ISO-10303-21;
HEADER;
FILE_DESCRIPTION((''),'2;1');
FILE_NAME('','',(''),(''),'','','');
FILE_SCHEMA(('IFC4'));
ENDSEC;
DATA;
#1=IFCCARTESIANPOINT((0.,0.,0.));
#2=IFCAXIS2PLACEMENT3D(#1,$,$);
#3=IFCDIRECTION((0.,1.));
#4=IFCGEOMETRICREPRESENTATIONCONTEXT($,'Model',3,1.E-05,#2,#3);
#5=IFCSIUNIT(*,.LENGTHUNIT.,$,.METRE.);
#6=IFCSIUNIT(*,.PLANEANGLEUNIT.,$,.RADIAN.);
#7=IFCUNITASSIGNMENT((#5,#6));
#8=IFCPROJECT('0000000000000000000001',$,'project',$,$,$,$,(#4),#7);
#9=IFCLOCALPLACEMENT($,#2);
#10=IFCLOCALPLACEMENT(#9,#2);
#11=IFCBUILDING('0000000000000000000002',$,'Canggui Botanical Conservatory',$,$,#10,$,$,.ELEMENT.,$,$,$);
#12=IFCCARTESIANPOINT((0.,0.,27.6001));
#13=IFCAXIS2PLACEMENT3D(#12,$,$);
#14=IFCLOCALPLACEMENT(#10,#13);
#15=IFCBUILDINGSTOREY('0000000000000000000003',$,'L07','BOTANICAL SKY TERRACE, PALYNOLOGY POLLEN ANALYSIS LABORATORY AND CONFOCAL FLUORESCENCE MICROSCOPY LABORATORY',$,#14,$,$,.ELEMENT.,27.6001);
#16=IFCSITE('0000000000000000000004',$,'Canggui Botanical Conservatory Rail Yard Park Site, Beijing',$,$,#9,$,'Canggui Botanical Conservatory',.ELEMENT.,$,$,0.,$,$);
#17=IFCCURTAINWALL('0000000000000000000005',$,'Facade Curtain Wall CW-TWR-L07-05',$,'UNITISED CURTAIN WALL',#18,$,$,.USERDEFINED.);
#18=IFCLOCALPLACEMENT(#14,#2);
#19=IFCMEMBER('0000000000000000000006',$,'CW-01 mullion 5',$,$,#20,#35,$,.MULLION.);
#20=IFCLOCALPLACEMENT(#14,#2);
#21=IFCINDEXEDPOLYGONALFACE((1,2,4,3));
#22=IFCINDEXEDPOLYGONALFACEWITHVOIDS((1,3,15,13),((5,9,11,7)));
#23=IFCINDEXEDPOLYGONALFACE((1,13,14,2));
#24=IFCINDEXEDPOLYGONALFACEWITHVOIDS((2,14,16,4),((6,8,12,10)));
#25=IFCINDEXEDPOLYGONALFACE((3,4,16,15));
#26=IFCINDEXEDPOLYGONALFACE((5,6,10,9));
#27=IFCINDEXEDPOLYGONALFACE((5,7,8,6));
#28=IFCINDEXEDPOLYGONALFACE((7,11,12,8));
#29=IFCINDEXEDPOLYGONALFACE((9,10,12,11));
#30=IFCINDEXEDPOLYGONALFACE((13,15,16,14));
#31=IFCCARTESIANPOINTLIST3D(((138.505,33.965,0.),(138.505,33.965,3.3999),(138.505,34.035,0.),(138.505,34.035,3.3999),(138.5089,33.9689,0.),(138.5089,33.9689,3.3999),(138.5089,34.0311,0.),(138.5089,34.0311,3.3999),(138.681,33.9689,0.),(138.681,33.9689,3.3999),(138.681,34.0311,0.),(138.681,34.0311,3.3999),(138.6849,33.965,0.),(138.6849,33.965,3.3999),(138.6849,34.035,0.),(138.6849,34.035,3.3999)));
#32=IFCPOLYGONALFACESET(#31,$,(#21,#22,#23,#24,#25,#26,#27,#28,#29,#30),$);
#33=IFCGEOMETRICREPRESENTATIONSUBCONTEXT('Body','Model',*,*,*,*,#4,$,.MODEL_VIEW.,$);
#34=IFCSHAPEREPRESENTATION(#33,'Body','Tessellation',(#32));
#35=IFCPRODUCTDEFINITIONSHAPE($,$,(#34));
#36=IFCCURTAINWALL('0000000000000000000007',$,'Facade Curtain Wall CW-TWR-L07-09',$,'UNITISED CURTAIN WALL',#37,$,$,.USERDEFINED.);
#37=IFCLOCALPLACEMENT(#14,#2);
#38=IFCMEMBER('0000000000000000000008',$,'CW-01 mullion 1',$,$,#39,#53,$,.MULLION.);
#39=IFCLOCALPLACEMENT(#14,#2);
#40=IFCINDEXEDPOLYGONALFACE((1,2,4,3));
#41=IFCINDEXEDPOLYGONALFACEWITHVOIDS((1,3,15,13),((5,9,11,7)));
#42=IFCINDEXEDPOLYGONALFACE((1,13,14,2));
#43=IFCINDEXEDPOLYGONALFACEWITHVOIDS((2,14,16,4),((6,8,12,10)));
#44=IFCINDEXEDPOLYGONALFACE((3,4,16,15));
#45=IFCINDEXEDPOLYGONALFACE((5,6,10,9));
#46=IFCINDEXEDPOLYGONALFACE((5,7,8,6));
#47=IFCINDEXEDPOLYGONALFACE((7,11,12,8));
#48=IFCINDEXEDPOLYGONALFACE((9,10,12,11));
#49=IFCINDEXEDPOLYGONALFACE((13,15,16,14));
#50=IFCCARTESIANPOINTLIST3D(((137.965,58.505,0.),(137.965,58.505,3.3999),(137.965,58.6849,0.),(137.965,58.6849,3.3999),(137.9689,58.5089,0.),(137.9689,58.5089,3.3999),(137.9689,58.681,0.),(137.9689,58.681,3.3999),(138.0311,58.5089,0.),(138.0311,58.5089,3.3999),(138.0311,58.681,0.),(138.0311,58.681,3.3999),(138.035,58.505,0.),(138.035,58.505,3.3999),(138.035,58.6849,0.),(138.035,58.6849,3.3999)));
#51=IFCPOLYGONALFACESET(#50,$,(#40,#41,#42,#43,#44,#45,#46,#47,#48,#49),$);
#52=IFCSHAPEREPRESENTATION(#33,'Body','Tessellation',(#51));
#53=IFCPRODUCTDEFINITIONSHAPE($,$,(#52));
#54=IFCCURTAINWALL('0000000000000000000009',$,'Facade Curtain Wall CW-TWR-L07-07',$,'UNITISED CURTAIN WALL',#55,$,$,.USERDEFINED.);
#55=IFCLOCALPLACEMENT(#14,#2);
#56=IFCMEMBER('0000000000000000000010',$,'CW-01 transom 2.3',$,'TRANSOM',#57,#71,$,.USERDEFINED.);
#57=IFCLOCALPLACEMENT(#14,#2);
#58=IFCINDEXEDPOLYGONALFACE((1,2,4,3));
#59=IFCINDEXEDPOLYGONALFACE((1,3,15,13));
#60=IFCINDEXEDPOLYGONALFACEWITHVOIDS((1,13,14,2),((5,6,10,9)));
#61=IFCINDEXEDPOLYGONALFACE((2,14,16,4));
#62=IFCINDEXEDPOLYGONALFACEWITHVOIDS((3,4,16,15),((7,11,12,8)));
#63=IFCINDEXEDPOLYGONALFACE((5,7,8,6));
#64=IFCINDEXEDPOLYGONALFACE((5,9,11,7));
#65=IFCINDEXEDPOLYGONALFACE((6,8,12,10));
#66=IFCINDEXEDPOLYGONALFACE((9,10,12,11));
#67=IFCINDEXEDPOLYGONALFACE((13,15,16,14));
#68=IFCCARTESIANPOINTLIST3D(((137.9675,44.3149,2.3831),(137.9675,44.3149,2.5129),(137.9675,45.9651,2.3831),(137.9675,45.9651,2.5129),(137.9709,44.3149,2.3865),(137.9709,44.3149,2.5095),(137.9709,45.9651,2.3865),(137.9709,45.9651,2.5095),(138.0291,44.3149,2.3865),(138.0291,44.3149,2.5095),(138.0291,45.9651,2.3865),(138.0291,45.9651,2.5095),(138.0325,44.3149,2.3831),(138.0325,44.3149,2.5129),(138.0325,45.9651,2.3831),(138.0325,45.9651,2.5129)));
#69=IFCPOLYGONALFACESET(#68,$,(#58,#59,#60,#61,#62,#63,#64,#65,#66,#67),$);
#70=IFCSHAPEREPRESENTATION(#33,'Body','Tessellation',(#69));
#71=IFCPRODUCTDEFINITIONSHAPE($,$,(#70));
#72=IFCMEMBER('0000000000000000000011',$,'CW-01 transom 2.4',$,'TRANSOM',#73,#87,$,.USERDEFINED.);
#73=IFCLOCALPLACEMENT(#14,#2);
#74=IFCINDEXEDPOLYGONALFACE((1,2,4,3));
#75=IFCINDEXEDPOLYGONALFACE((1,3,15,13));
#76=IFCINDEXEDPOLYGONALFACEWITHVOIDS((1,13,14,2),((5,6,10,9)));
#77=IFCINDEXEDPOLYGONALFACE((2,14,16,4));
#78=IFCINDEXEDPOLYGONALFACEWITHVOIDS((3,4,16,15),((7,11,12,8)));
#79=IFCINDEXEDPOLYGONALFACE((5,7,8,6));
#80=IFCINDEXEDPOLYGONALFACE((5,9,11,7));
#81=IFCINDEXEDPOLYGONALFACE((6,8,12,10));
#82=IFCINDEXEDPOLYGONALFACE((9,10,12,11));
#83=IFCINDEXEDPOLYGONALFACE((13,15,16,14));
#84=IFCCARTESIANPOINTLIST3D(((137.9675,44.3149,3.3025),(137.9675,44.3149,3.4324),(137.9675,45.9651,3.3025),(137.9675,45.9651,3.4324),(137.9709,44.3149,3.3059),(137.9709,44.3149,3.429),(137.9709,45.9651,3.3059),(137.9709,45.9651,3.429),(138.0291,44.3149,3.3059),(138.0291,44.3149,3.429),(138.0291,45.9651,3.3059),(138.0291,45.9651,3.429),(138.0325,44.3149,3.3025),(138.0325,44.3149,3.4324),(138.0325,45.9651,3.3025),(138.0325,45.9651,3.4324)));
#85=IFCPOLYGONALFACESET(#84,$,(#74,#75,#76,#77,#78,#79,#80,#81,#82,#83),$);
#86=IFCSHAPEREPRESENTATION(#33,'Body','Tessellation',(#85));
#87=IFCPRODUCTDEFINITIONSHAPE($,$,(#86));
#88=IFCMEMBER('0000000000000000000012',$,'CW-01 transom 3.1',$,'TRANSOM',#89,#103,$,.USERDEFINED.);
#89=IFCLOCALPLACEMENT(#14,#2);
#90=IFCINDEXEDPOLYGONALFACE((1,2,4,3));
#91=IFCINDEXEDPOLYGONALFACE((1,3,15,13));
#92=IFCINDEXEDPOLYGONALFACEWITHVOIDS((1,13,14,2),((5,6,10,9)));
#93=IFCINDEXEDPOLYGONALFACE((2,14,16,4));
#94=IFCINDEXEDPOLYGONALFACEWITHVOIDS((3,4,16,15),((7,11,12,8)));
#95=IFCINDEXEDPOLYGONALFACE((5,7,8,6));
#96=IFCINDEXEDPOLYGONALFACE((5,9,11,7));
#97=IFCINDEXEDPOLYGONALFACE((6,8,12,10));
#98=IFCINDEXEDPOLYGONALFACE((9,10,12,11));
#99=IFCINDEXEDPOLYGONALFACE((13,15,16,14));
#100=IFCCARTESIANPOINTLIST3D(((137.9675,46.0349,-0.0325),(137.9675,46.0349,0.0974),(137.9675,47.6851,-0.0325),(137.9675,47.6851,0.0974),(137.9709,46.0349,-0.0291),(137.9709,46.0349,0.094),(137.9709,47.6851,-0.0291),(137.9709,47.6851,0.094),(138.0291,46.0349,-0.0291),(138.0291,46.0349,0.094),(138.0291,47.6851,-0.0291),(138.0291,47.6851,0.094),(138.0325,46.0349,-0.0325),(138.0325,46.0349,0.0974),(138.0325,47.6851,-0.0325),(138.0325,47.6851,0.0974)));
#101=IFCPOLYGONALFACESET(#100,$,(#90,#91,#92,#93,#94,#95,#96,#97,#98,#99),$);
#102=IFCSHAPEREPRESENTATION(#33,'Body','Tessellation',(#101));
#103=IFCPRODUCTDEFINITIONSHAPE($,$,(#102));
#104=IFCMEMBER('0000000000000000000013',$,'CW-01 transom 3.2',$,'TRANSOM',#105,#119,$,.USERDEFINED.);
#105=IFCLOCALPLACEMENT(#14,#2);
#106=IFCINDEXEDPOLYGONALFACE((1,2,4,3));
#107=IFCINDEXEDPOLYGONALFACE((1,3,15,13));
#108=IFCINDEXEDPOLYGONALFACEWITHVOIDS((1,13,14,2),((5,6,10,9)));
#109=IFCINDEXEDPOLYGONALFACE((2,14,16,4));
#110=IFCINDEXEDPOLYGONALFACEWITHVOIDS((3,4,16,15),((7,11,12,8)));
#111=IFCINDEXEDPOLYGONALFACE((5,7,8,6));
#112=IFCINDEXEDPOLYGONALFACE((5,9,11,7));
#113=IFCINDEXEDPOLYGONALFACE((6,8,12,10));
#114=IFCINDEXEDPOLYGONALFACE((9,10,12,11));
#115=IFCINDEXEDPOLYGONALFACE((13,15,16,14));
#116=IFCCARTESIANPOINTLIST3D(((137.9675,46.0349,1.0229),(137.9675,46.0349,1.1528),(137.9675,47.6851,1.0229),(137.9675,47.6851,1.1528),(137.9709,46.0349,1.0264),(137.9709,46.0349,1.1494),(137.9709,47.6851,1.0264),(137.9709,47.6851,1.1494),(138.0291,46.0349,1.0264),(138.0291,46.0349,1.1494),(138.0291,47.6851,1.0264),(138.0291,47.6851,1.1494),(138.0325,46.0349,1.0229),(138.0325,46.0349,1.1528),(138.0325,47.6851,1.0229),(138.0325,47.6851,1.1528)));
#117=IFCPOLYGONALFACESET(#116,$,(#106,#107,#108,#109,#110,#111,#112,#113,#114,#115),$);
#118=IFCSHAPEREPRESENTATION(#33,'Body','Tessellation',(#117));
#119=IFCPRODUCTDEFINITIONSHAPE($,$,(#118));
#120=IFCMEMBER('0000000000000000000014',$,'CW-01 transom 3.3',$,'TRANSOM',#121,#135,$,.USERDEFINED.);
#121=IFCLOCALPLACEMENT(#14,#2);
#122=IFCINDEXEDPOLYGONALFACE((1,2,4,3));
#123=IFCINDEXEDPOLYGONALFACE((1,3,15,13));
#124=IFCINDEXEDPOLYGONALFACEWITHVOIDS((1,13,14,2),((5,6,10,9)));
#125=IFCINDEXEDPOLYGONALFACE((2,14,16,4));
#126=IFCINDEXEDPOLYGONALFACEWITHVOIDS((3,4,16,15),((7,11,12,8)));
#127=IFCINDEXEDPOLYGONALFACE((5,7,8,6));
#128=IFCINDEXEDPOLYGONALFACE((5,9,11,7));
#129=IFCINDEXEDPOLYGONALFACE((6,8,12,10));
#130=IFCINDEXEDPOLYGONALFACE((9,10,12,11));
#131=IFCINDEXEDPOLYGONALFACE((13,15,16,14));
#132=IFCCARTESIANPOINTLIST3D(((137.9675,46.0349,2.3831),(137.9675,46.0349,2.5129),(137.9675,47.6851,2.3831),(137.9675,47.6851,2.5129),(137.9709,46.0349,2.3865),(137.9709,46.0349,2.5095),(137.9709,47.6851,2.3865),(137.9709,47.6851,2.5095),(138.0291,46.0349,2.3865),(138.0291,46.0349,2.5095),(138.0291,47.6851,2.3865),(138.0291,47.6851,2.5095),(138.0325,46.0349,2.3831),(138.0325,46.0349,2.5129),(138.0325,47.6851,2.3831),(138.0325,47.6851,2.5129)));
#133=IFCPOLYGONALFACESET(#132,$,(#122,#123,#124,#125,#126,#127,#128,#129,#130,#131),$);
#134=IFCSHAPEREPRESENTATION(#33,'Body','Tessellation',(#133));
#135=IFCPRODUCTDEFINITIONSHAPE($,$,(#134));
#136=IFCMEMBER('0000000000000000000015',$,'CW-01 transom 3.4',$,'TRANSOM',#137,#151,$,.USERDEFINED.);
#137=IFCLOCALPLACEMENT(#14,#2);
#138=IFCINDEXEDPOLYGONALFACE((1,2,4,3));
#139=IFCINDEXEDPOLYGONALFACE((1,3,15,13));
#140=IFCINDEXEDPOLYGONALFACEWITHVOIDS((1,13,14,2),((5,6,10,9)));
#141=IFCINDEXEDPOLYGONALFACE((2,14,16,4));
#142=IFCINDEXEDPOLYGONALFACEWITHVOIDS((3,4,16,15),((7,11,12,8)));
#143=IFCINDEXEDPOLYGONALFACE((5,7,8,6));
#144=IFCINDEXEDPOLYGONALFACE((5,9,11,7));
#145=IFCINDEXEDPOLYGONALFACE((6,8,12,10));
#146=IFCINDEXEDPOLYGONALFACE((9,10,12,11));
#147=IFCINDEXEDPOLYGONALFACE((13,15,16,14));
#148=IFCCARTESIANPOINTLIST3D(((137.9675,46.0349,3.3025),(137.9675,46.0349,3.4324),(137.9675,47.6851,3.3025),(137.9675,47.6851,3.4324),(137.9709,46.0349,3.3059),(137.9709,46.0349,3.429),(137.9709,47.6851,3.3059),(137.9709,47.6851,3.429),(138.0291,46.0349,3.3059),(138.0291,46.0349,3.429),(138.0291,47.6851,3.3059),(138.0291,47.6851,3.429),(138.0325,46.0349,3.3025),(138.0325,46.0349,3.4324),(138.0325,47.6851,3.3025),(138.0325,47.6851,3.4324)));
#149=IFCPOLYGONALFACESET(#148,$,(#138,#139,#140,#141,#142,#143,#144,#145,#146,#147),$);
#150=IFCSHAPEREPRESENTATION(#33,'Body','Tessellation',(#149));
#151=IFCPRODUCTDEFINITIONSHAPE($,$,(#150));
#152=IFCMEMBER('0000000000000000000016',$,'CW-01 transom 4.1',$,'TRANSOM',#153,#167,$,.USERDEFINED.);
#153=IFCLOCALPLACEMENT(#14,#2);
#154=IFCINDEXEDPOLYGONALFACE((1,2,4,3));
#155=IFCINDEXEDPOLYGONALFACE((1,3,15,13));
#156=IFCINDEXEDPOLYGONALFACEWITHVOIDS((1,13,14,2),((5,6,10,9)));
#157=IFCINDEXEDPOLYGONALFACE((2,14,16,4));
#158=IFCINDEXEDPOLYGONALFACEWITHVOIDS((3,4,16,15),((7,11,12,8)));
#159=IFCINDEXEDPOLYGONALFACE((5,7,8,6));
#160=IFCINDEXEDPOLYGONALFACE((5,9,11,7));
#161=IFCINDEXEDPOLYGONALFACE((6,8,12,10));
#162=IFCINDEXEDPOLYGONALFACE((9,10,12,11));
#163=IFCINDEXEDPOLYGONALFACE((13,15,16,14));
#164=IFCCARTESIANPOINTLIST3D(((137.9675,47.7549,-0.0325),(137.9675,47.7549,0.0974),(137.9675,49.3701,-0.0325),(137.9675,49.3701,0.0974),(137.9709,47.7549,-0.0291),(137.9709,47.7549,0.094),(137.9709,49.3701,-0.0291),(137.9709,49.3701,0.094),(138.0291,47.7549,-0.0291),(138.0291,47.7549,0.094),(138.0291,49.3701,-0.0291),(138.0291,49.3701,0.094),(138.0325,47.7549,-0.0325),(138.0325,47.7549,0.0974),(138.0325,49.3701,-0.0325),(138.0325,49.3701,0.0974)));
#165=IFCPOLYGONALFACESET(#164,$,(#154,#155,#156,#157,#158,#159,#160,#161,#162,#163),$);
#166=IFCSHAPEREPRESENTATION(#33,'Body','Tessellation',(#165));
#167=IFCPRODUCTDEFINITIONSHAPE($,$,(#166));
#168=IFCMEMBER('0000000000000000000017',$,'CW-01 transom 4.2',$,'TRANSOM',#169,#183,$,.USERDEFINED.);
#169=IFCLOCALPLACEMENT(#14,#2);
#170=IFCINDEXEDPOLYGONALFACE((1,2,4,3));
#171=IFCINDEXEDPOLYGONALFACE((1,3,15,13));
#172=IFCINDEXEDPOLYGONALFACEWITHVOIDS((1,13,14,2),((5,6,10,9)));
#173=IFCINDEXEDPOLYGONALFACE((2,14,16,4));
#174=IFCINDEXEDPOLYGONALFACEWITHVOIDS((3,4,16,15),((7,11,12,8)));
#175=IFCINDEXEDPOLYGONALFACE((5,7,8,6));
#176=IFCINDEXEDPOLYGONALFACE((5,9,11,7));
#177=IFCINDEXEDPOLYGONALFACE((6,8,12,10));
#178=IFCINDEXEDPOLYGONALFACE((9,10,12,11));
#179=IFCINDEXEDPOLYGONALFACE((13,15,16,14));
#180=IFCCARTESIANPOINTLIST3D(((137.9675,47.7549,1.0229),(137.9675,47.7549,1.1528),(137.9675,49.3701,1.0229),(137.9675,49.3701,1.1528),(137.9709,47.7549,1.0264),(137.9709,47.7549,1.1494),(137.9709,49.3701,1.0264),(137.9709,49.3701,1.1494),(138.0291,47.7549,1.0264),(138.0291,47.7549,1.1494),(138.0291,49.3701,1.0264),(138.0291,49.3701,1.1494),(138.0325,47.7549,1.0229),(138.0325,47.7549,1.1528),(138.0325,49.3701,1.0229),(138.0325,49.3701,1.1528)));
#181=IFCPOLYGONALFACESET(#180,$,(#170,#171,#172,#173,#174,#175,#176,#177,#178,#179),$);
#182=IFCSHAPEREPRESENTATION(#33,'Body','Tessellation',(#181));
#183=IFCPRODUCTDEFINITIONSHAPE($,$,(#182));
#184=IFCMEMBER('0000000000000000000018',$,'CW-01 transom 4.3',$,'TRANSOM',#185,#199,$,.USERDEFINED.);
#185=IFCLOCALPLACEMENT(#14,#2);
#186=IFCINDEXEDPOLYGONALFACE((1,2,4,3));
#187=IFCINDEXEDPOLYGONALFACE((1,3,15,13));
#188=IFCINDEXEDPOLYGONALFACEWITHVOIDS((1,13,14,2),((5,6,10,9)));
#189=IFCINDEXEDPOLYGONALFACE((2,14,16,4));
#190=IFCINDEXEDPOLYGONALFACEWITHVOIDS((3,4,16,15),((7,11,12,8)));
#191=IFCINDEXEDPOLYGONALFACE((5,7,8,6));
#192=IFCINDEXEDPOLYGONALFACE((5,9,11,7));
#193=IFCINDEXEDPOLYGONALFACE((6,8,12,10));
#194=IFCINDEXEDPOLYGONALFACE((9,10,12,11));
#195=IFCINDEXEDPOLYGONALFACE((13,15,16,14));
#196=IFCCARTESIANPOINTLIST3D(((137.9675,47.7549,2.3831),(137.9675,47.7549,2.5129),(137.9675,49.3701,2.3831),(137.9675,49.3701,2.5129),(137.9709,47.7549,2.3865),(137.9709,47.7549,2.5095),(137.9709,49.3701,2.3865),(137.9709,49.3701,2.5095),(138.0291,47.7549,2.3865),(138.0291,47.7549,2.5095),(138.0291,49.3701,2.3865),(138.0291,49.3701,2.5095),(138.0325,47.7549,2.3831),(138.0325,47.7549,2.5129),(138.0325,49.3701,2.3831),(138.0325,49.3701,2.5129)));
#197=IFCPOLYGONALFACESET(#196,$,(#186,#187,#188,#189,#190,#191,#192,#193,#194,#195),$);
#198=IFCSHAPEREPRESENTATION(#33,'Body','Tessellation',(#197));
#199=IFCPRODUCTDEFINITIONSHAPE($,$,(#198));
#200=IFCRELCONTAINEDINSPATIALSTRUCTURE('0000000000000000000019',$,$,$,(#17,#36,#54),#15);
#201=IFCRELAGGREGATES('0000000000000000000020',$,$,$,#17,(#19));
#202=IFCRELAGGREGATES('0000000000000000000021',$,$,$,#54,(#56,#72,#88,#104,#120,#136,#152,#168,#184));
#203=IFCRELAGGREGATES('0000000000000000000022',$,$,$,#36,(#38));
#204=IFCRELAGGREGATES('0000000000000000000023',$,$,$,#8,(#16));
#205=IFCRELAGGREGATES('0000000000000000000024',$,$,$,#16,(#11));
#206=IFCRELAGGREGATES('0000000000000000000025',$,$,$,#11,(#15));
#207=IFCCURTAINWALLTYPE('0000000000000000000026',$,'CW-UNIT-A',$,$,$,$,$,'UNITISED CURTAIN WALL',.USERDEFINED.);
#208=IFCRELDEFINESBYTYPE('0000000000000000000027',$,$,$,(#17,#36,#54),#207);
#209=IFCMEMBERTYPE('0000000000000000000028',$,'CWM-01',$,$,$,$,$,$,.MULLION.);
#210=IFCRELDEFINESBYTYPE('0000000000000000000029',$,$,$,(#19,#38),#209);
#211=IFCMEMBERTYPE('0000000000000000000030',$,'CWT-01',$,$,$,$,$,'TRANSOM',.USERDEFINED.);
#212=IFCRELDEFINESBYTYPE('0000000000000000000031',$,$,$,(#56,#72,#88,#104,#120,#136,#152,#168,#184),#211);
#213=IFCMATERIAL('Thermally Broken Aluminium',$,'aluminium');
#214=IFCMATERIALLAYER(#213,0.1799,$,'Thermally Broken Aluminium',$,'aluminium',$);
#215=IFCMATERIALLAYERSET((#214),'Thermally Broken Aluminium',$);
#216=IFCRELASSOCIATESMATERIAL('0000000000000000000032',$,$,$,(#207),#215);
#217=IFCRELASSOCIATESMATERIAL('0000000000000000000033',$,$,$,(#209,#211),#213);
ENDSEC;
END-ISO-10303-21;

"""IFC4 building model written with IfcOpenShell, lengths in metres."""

from ifc_helpers import new_model, si_unit, direction, frame, origin, origin_2d, place, context, subcontext, project, spatial, hollow_rectangle, extrude, material, layer, layer_set, material_profile, profile_set, type_object, element, aggregate, save


model = new_model("IFC4")

# Units and contexts
model_context = context("Model", 3, precision=1e-05, world=origin(), true_north=direction((0.0, 1.0)))
body_context = subcontext(model_context, "Body", "Model", "MODEL_VIEW")
ifc_project = project(units=[si_unit("LENGTHUNIT", "METRE"), si_unit("PLANEANGLEUNIT", "RADIAN")], contexts=[model_context])

# Site, building, storey
site_placement = place(None, origin())
site = spatial("IfcSite", under=ifc_project, at=site_placement, Name="Canggui Botanical Conservatory Rail Yard Park Site, Beijing", LongName="Canggui Botanical Conservatory", CompositionType="ELEMENT", RefElevation=0.0)
building_placement = place(site_placement, origin())
building = spatial("IfcBuilding", under=site, at=building_placement, Name="Canggui Botanical Conservatory", CompositionType="ELEMENT")
storey_placement = place(building_placement, frame((0.0, 0.0, 27.6001)))
storey = spatial("IfcBuildingStorey", under=building, at=storey_placement, Name="L07", Description="BOTANICAL SKY TERRACE, PALYNOLOGY POLLEN ANALYSIS LABORATORY AND CONFOCAL FLUORESCENCE MICROSCOPY LABORATORY", CompositionType="ELEMENT", Elevation=27.6001)

# Curtain walls, members
ifc_material_1 = material(Name="Thermally Broken Aluminium", Category="aluminium")
ifc_layer_1 = layer(ifc_material_1, 0.1799, Name="Thermally Broken Aluminium", Category="aluminium")
ifc_layer_set_1 = layer_set([ifc_layer_1], Name="Thermally Broken Aluminium")
curtain_wall_type = type_object("IfcCurtainWallType", Name="CW-UNIT-A", ElementType="UNITISED CURTAIN WALL", PredefinedType="USERDEFINED", material=ifc_layer_set_1)
curtain_wall_1_placement = place(storey_placement, origin())
curtain_wall_1 = element("IfcCurtainWall", 1, at=curtain_wall_1_placement, inside=storey, type_object=curtain_wall_type, Name="Facade Curtain Wall CW-TWR-L07-05", ObjectType="UNITISED CURTAIN WALL", PredefinedType="USERDEFINED")
ifc_material_profile_1 = material_profile(ifc_material_1, hollow_rectangle(XDim=0.0701, YDim=0.1799, WallThickness=0.0039, at=origin_2d()), Name="CWM 70x180x4")
ifc_profile_set_1 = profile_set([ifc_material_profile_1], Name="Thermally Broken Aluminium")
member_type_1 = type_object("IfcMemberType", Name="CWM-01", PredefinedType="MULLION", material=ifc_profile_set_1)
member_1_placement = place(storey_placement, frame((138.595, 34.0, 0.0), z_axis=(0.0, 0.0, 1.0), x_axis=(0.0, -1.0, 0.0)))
member_1 = element("IfcMember", 2, at=member_1_placement, type_object=member_type_1, Name="CW-01 mullion 5", PredefinedType="MULLION", context=body_context, shape_type="SweptSolid", body=[
    extrude(hollow_rectangle(XDim=0.0701, YDim=0.1799, WallThickness=0.0039, at=origin_2d()), origin(), (0.0, 0.0, 1.0), 3.3999),
])
aggregate(curtain_wall_1, [member_1])
curtain_wall_2_placement = place(storey_placement, origin())
curtain_wall_2 = element("IfcCurtainWall", 3, at=curtain_wall_2_placement, inside=storey, type_object=curtain_wall_type, Name="Facade Curtain Wall CW-TWR-L07-09", ObjectType="UNITISED CURTAIN WALL", PredefinedType="USERDEFINED")
member_2_placement = place(storey_placement, frame((138.0, 58.595, 0.0), z_axis=(0.0, 0.0, 1.0), x_axis=(-1.0, 0.0, 0.0)))
member_2 = element("IfcMember", 4, at=member_2_placement, type_object=member_type_1, Name="CW-01 mullion 1", PredefinedType="MULLION", context=body_context, shape_type="SweptSolid", body=[
    extrude(hollow_rectangle(XDim=0.0701, YDim=0.1799, WallThickness=0.0039, at=origin_2d()), origin(), (0.0, 0.0, 1.0), 3.3999),
])

# Curtain wall, members
curtain_wall_3_placement = place(storey_placement, origin())
curtain_wall_3 = element("IfcCurtainWall", 5, at=curtain_wall_3_placement, inside=storey, type_object=curtain_wall_type, Name="Facade Curtain Wall CW-TWR-L07-07", ObjectType="UNITISED CURTAIN WALL", PredefinedType="USERDEFINED")
ifc_material_profile_2 = material_profile(ifc_material_1, hollow_rectangle(XDim=0.0649, YDim=0.1299, WallThickness=0.0034, at=origin_2d()), Name="CWT 65x130x3.5")
ifc_profile_set_2 = profile_set([ifc_material_profile_2], Name="Thermally Broken Aluminium")
member_type_2 = type_object("IfcMemberType", Name="CWT-01", ElementType="TRANSOM", PredefinedType="USERDEFINED", material=ifc_profile_set_2)
member_3_placement = place(storey_placement, frame((138.0, 44.3149, 2.448), z_axis=(0.0, 1.0, 0.0), x_axis=(-1.0, 0.0, 0.0)))
member_3 = element("IfcMember", 6, at=member_3_placement, type_object=member_type_2, Name="CW-01 transom 2.3", ObjectType="TRANSOM", PredefinedType="USERDEFINED", context=body_context, shape_type="SweptSolid", body=[
    extrude(hollow_rectangle(XDim=0.0649, YDim=0.1299, WallThickness=0.0034, at=origin_2d()), origin(), (0.0, 0.0, 1.0), 1.6501),
])
member_4_placement = place(storey_placement, frame((138.0, 44.3149, 3.3674), z_axis=(0.0, 1.0, 0.0), x_axis=(-1.0, 0.0, 0.0)))
member_4 = element("IfcMember", 7, at=member_4_placement, type_object=member_type_2, Name="CW-01 transom 2.4", ObjectType="TRANSOM", PredefinedType="USERDEFINED", context=body_context, shape_type="SweptSolid", body=[
    extrude(hollow_rectangle(XDim=0.0649, YDim=0.1299, WallThickness=0.0034, at=origin_2d()), origin(), (0.0, 0.0, 1.0), 1.6501),
])
member_5_placement = place(storey_placement, frame((138.0, 46.0349, 0.0325), z_axis=(0.0, 1.0, 0.0), x_axis=(-1.0, 0.0, 0.0)))
member_5 = element("IfcMember", 8, at=member_5_placement, type_object=member_type_2, Name="CW-01 transom 3.1", ObjectType="TRANSOM", PredefinedType="USERDEFINED", context=body_context, shape_type="SweptSolid", body=[
    extrude(hollow_rectangle(XDim=0.0649, YDim=0.1299, WallThickness=0.0034, at=origin_2d()), origin(), (0.0, 0.0, 1.0), 1.6501),
])
member_6_placement = place(storey_placement, frame((138.0, 46.0349, 1.0879), z_axis=(0.0, 1.0, 0.0), x_axis=(-1.0, 0.0, 0.0)))
member_6 = element("IfcMember", 9, at=member_6_placement, type_object=member_type_2, Name="CW-01 transom 3.2", ObjectType="TRANSOM", PredefinedType="USERDEFINED", context=body_context, shape_type="SweptSolid", body=[
    extrude(hollow_rectangle(XDim=0.0649, YDim=0.1299, WallThickness=0.0034, at=origin_2d()), origin(), (0.0, 0.0, 1.0), 1.6501),
])
member_7_placement = place(storey_placement, frame((138.0, 46.0349, 2.448), z_axis=(0.0, 1.0, 0.0), x_axis=(-1.0, 0.0, 0.0)))
member_7 = element("IfcMember", 10, at=member_7_placement, type_object=member_type_2, Name="CW-01 transom 3.3", ObjectType="TRANSOM", PredefinedType="USERDEFINED", context=body_context, shape_type="SweptSolid", body=[
    extrude(hollow_rectangle(XDim=0.0649, YDim=0.1299, WallThickness=0.0034, at=origin_2d()), origin(), (0.0, 0.0, 1.0), 1.6501),
])
member_8_placement = place(storey_placement, frame((138.0, 46.0349, 3.3674), z_axis=(0.0, 1.0, 0.0), x_axis=(-1.0, 0.0, 0.0)))
member_8 = element("IfcMember", 11, at=member_8_placement, type_object=member_type_2, Name="CW-01 transom 3.4", ObjectType="TRANSOM", PredefinedType="USERDEFINED", context=body_context, shape_type="SweptSolid", body=[
    extrude(hollow_rectangle(XDim=0.0649, YDim=0.1299, WallThickness=0.0034, at=origin_2d()), origin(), (0.0, 0.0, 1.0), 1.6501),
])
member_9_placement = place(storey_placement, frame((138.0, 47.7549, 0.0325), z_axis=(0.0, 1.0, 0.0), x_axis=(-1.0, 0.0, 0.0)))
member_9 = element("IfcMember", 12, at=member_9_placement, type_object=member_type_2, Name="CW-01 transom 4.1", ObjectType="TRANSOM", PredefinedType="USERDEFINED", context=body_context, shape_type="SweptSolid", body=[
    extrude(hollow_rectangle(XDim=0.0649, YDim=0.1299, WallThickness=0.0034, at=origin_2d()), origin(), (0.0, 0.0, 1.0), 1.6152),
])
member_10_placement = place(storey_placement, frame((138.0, 47.7549, 1.0879), z_axis=(0.0, 1.0, 0.0), x_axis=(-1.0, 0.0, 0.0)))
member_10 = element("IfcMember", 13, at=member_10_placement, type_object=member_type_2, Name="CW-01 transom 4.2", ObjectType="TRANSOM", PredefinedType="USERDEFINED", context=body_context, shape_type="SweptSolid", body=[
    extrude(hollow_rectangle(XDim=0.0649, YDim=0.1299, WallThickness=0.0034, at=origin_2d()), origin(), (0.0, 0.0, 1.0), 1.6152),
])
member_11_placement = place(storey_placement, frame((138.0, 47.7549, 2.448), z_axis=(0.0, 1.0, 0.0), x_axis=(-1.0, 0.0, 0.0)))
member_11 = element("IfcMember", 14, at=member_11_placement, type_object=member_type_2, Name="CW-01 transom 4.3", ObjectType="TRANSOM", PredefinedType="USERDEFINED", context=body_context, shape_type="SweptSolid", body=[
    extrude(hollow_rectangle(XDim=0.0649, YDim=0.1299, WallThickness=0.0034, at=origin_2d()), origin(), (0.0, 0.0, 1.0), 1.6152),
])

aggregate(curtain_wall_3, [member_3, member_4, member_5, member_6, member_7, member_8, member_9, member_10, member_11])
aggregate(curtain_wall_2, [member_2])

save(model, "model.ifc")
